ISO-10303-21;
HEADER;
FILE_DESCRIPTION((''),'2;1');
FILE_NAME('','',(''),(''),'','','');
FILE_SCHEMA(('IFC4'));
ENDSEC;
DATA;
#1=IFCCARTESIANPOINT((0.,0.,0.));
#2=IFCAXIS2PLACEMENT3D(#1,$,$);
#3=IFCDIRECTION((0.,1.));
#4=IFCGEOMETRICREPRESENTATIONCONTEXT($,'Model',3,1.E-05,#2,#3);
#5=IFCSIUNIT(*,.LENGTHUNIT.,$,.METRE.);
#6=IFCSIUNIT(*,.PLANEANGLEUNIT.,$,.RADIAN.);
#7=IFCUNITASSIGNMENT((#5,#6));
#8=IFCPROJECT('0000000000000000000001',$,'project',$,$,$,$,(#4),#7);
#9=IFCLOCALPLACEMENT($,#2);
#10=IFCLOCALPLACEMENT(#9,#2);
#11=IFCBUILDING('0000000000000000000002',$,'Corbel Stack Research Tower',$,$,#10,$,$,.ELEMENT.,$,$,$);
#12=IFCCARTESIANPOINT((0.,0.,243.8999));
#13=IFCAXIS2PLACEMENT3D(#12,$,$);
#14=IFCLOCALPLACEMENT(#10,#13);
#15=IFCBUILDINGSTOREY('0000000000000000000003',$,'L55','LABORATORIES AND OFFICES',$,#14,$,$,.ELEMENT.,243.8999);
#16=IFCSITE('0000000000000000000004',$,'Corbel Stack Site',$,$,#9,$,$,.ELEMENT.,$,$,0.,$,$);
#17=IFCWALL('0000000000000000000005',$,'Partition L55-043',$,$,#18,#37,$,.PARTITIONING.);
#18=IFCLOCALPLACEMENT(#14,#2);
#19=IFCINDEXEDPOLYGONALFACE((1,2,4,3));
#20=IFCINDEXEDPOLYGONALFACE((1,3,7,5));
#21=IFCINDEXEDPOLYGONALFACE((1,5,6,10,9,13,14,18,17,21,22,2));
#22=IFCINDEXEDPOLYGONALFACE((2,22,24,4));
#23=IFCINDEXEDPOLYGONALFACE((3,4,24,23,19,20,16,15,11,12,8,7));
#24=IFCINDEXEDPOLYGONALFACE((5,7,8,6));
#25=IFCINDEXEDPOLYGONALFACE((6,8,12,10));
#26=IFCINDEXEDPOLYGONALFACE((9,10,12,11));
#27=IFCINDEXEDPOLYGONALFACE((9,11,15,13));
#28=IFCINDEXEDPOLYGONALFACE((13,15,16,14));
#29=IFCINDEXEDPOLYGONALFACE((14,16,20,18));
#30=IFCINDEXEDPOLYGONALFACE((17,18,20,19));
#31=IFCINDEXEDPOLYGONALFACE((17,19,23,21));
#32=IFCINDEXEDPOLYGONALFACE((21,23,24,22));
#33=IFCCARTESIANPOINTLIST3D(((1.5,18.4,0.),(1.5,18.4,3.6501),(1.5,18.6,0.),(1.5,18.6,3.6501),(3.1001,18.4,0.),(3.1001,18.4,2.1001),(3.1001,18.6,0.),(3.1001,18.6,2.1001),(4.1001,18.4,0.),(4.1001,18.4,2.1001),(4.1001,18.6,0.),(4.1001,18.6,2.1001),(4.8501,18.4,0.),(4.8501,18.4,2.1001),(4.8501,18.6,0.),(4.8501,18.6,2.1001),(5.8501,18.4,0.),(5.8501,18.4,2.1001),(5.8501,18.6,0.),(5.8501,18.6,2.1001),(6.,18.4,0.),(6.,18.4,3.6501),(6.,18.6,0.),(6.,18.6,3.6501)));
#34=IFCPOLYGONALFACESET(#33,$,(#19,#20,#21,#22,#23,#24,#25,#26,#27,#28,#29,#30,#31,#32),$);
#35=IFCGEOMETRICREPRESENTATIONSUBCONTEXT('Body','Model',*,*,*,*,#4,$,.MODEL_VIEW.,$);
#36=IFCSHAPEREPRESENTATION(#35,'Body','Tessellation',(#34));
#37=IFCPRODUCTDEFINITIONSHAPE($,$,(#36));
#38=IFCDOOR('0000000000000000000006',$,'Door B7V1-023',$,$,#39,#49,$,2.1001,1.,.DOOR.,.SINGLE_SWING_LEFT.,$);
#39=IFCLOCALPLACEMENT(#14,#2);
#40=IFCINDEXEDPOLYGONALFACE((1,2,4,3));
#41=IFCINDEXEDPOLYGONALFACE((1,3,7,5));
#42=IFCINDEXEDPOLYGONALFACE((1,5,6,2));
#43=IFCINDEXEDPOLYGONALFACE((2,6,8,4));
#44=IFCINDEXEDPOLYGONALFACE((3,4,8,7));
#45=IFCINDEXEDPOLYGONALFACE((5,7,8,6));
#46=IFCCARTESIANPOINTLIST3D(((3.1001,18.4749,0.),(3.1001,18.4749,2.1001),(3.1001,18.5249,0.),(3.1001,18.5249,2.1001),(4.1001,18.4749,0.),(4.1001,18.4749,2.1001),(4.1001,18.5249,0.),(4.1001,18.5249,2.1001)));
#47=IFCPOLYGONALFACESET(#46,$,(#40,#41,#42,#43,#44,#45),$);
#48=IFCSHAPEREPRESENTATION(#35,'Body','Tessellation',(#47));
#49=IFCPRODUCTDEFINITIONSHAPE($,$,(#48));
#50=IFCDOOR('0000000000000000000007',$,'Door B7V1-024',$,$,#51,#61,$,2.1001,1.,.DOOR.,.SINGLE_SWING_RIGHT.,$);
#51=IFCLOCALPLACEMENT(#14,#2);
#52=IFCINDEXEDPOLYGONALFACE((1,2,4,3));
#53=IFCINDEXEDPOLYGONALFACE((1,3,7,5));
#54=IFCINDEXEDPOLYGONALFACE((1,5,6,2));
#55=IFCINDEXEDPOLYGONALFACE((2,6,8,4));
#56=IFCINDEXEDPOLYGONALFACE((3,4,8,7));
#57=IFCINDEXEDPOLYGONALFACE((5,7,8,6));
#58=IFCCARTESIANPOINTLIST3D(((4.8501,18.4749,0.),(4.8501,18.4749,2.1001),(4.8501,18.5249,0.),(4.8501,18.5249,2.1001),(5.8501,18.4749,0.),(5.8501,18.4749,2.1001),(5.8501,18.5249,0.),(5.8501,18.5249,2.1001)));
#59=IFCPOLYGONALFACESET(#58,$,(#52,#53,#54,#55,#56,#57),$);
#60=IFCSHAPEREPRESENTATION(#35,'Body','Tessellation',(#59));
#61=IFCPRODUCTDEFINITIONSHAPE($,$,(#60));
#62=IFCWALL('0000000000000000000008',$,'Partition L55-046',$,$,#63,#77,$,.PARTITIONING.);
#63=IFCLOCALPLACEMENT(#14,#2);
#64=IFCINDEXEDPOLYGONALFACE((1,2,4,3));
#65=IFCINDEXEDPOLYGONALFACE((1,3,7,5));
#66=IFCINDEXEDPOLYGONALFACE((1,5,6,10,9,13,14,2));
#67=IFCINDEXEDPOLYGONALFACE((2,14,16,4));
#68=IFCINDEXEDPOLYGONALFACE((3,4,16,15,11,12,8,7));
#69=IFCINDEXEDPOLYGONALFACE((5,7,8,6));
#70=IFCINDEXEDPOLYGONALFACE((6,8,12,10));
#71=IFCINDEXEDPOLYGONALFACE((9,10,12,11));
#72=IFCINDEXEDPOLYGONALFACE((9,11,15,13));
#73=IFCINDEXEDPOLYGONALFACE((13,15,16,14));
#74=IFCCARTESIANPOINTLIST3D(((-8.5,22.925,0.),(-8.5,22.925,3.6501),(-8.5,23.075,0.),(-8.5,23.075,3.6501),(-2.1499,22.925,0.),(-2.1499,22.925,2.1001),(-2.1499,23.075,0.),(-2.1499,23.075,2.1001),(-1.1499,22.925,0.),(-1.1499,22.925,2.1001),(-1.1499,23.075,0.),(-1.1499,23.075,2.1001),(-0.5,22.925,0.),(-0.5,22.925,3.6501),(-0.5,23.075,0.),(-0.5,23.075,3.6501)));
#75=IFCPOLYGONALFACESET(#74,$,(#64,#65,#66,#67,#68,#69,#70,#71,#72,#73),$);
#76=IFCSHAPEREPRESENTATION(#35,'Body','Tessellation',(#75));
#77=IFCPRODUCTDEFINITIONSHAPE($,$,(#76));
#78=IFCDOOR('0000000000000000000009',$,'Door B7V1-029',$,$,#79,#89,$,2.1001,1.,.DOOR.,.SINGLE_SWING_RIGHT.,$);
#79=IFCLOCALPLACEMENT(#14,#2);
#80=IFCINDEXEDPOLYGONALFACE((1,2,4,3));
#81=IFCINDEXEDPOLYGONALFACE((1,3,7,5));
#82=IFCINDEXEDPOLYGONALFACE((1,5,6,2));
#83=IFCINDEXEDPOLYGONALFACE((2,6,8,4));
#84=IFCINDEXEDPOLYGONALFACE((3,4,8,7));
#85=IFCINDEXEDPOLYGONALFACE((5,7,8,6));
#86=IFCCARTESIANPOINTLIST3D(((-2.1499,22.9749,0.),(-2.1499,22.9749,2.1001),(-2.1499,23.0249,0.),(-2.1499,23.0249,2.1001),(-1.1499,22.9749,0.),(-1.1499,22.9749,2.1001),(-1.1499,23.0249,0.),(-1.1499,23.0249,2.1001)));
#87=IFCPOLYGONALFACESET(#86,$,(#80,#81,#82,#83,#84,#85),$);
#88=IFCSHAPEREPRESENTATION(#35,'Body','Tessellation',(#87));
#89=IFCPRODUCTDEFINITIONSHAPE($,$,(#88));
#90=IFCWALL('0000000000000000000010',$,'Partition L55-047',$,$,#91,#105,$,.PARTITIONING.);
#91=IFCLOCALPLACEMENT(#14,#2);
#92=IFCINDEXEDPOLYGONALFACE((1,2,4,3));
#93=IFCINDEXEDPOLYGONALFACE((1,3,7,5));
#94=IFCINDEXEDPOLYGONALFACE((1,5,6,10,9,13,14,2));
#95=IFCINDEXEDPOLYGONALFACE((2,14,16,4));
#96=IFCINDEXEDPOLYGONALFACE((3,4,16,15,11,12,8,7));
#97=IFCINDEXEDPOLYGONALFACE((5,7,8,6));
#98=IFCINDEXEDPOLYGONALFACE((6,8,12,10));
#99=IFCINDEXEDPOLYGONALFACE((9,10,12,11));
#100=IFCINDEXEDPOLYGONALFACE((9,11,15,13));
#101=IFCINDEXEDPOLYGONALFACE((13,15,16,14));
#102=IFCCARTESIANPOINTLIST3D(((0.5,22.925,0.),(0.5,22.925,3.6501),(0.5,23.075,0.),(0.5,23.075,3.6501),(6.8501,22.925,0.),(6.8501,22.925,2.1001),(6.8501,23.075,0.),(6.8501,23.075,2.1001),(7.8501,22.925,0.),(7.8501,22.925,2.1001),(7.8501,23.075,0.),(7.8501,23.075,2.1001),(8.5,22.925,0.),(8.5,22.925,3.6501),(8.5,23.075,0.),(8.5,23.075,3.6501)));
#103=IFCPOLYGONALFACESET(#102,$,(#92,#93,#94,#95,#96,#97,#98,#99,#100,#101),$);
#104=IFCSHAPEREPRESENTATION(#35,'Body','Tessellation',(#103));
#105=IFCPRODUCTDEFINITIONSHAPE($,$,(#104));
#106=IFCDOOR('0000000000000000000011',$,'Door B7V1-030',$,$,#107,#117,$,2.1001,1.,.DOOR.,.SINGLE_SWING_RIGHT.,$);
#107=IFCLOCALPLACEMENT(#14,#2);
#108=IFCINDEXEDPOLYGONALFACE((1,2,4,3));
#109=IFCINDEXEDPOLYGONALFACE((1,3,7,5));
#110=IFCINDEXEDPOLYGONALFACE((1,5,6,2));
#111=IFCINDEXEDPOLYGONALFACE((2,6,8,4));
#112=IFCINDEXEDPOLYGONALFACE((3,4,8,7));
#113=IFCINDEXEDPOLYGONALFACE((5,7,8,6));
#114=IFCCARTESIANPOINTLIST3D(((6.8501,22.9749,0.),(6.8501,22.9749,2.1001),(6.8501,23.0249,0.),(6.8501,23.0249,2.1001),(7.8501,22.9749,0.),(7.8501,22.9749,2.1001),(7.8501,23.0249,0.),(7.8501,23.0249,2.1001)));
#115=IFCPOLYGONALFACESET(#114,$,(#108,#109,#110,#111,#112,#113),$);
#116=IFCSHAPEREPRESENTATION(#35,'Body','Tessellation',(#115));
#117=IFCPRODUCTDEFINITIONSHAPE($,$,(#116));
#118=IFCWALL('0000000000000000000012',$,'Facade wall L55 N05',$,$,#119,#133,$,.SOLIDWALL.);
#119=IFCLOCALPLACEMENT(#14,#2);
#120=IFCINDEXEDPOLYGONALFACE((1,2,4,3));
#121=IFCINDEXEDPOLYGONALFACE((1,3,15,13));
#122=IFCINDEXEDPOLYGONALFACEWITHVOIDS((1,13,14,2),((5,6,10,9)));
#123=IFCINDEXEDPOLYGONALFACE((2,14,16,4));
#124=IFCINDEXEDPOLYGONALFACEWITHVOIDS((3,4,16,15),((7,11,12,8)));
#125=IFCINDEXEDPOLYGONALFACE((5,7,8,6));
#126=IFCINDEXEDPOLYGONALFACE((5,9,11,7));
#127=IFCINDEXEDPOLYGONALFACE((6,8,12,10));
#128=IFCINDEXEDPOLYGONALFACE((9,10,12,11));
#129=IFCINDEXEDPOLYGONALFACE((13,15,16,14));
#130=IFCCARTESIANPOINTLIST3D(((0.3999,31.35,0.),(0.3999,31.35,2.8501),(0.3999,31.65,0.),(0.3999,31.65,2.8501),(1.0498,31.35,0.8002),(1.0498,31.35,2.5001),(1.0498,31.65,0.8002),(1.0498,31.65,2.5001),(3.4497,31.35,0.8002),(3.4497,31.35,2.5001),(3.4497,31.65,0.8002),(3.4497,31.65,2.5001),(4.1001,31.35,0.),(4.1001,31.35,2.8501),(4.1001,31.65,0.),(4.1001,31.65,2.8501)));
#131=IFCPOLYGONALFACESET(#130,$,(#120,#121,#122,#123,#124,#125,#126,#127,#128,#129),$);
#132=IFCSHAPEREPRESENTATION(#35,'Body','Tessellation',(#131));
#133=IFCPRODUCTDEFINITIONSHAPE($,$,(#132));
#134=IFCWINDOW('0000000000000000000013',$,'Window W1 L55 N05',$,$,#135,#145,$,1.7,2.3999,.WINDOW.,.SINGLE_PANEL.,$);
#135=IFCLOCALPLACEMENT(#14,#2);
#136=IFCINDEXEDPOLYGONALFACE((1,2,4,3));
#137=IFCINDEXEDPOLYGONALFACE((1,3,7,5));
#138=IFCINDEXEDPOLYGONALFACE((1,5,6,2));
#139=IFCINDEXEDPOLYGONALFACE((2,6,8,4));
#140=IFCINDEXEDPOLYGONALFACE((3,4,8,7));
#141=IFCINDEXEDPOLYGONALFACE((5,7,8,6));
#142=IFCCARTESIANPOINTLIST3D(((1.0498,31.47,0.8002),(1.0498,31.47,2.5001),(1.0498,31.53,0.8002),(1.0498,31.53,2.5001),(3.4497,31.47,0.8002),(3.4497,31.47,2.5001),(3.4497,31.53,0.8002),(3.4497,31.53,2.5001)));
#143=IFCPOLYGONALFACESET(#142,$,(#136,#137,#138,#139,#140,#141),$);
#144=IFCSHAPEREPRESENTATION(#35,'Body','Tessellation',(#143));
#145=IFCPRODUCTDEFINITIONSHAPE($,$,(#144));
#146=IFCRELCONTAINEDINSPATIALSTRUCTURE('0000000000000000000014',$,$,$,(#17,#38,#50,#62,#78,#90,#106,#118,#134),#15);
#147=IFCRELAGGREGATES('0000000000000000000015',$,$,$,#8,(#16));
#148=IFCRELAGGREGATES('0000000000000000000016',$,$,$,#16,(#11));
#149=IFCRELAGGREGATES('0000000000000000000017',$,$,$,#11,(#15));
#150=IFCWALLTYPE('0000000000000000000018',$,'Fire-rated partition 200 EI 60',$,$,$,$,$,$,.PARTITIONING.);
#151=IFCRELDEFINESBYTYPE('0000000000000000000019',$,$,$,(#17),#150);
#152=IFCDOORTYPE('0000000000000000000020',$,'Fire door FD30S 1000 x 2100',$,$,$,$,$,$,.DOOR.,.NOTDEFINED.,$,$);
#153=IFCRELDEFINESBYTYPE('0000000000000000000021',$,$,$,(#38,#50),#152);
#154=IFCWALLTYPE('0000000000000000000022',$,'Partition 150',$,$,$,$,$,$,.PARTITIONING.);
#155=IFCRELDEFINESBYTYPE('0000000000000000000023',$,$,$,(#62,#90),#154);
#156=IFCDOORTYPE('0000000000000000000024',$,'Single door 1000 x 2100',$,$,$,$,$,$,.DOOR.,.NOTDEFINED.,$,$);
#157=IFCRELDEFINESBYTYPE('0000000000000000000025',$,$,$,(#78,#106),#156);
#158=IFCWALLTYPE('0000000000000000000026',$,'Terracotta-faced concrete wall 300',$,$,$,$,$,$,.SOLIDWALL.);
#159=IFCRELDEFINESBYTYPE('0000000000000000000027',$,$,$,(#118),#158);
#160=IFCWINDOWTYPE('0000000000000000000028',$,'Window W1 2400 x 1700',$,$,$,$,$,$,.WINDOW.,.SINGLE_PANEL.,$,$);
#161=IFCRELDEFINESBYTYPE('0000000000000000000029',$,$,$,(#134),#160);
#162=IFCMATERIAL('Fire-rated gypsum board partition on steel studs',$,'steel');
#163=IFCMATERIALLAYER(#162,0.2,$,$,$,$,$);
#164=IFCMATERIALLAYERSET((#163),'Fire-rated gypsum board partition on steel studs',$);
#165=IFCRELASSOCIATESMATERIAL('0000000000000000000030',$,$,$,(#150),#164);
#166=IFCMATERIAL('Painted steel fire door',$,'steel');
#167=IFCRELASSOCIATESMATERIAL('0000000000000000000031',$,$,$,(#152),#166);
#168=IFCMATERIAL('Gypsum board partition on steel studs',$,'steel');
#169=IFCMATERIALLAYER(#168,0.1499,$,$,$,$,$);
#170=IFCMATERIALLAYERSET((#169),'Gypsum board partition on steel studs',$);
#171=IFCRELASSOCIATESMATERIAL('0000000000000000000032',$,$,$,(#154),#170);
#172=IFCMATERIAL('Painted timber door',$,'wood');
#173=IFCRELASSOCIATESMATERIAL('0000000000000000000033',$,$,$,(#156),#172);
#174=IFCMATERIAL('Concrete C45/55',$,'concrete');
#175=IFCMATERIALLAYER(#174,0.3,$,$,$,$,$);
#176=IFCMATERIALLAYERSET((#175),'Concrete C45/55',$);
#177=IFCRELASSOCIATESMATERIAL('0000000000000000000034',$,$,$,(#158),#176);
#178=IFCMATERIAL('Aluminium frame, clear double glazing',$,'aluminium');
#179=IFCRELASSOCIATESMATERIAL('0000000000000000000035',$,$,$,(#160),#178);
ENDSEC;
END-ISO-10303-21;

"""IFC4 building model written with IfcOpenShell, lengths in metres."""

from ifc_helpers import new_model, si_unit, direction, frame, frame_2d, origin, place, context, subcontext, project, spatial, rectangle, extrude, material, layer, layer_set, type_object, element, fill, save


model = new_model("IFC4")

# Units and contexts
model_context = context("Model", 3, precision=1e-05, world=origin(), true_north=direction((0.0, 1.0)))
body_context = subcontext(model_context, "Body", "Model", "MODEL_VIEW")
ifc_project = project(units=[si_unit("LENGTHUNIT", "METRE"), si_unit("PLANEANGLEUNIT", "RADIAN")], contexts=[model_context])

# Site, building, storey
site_placement = place(None, origin())
site = spatial("IfcSite", under=ifc_project, at=site_placement, Name="Corbel Stack Site", CompositionType="ELEMENT", RefElevation=0.0)
building_placement = place(site_placement, origin())
building = spatial("IfcBuilding", under=site, at=building_placement, Name="Corbel Stack Research Tower", CompositionType="ELEMENT")
storey_placement = place(building_placement, frame((0.0, 0.0, 243.8999)))
storey = spatial("IfcBuildingStorey", under=building, at=storey_placement, Name="L55", Description="LABORATORIES AND OFFICES", CompositionType="ELEMENT", Elevation=243.8999)

# Shared definitions
ifc_material_1 = material(Name="Fire-rated gypsum board partition on steel studs", Category="steel")
ifc_layer_1 = layer(ifc_material_1, 0.2)
ifc_layer_set_1 = layer_set([ifc_layer_1], Name="Fire-rated gypsum board partition on steel studs")
wall_type_1 = type_object("IfcWallType", Name="Fire-rated partition 200 EI 60", PredefinedType="PARTITIONING", material=ifc_layer_set_1)

# Wall, openings, doors
wall_1_placement = place(storey_placement, frame((1.5, 18.5, 0.0), z_axis=(0.0, 0.0, 1.0), x_axis=(1.0, 0.0, 0.0)))
wall_1 = element("IfcWall", 1, at=wall_1_placement, inside=storey, type_object=wall_type_1, Name="Partition L55-043", PredefinedType="PARTITIONING", context=body_context, shape_type="SweptSolid", body=[
    extrude(rectangle(XDim=4.5, YDim=0.2, at=frame_2d((2.25, 0.0))), origin(), (0.0, 0.0, 1.0), 3.6501),
])
opening_1_placement = place(wall_1_placement, frame((1.6001, 0.0, 0.0)))
opening_1 = element("IfcOpeningElement", 2, at=opening_1_placement, cuts=wall_1, PredefinedType="OPENING", context=body_context, shape_type="SweptSolid", body=[
    extrude(rectangle(XDim=1.0, YDim=2.1001, at=frame_2d((0.5, 1.05))), frame((0.0, 0.1099, 0.0), z_axis=(0.0, -1.0, 0.0), x_axis=(1.0, 0.0, 0.0)), (0.0, 0.0, 1.0), 0.22),
])
opening_2_placement = place(wall_1_placement, frame((3.3501, 0.0, 0.0)))
opening_2 = element("IfcOpeningElement", 3, at=opening_2_placement, cuts=wall_1, PredefinedType="OPENING", context=body_context, shape_type="SweptSolid", body=[
    extrude(rectangle(XDim=1.0, YDim=2.1001, at=frame_2d((0.5, 1.05))), frame((0.0, 0.1099, 0.0), z_axis=(0.0, -1.0, 0.0), x_axis=(1.0, 0.0, 0.0)), (0.0, 0.0, 1.0), 0.22),
])
ifc_material_2 = material(Name="Painted steel fire door", Category="steel")
door_type_1 = type_object("IfcDoorType", Name="Fire door FD30S 1000 x 2100", OperationType="NOTDEFINED", PredefinedType="DOOR", material=ifc_material_2)
door_1_placement = place(opening_1_placement, origin())
door_1 = element("IfcDoor", 4, at=door_1_placement, inside=storey, type_object=door_type_1, Name="Door B7V1-023", OperationType="SINGLE_SWING_LEFT", OverallHeight=2.1001, OverallWidth=1.0, PredefinedType="DOOR", context=body_context, shape_type="SweptSolid", body=[
    extrude(rectangle(XDim=1.0, YDim=2.1001, at=frame_2d((0.5, 1.05))), frame((0.0, 0.0249, 0.0), z_axis=(0.0, -1.0, 0.0), x_axis=(1.0, 0.0, 0.0)), (0.0, 0.0, 1.0), 0.05),
])
fill(opening_1, door_1)
door_2_placement = place(opening_2_placement, origin())
door_2 = element("IfcDoor", 5, at=door_2_placement, inside=storey, type_object=door_type_1, Name="Door B7V1-024", OperationType="SINGLE_SWING_RIGHT", OverallHeight=2.1001, OverallWidth=1.0, PredefinedType="DOOR", context=body_context, shape_type="SweptSolid", body=[
    extrude(rectangle(XDim=1.0, YDim=2.1001, at=frame_2d((0.5, 1.05))), frame((0.0, 0.0249, 0.0), z_axis=(0.0, -1.0, 0.0), x_axis=(1.0, 0.0, 0.0)), (0.0, 0.0, 1.0), 0.05),
])
fill(opening_2, door_2)

# Walls, openings, doors
ifc_material_3 = material(Name="Gypsum board partition on steel studs", Category="steel")
ifc_layer_2 = layer(ifc_material_3, 0.1499)
ifc_layer_set_2 = layer_set([ifc_layer_2], Name="Gypsum board partition on steel studs")
wall_type_2 = type_object("IfcWallType", Name="Partition 150", PredefinedType="PARTITIONING", material=ifc_layer_set_2)
wall_2_placement = place(storey_placement, frame((-8.5, 23.0, 0.0), z_axis=(0.0, 0.0, 1.0), x_axis=(1.0, 0.0, 0.0)))
wall_2 = element("IfcWall", 6, at=wall_2_placement, inside=storey, type_object=wall_type_2, Name="Partition L55-046", PredefinedType="PARTITIONING", context=body_context, shape_type="SweptSolid", body=[
    extrude(rectangle(XDim=8.0, YDim=0.1499, at=frame_2d((4.0, 0.0))), origin(), (0.0, 0.0, 1.0), 3.6501),
])
opening_3_placement = place(wall_2_placement, frame((6.3501, 0.0, 0.0)))
opening_3 = element("IfcOpeningElement", 7, at=opening_3_placement, cuts=wall_2, PredefinedType="OPENING", context=body_context, shape_type="SweptSolid", body=[
    extrude(rectangle(XDim=1.0, YDim=2.1001, at=frame_2d((0.5, 1.05))), frame((0.0, 0.085, 0.0), z_axis=(0.0, -1.0, 0.0), x_axis=(1.0, 0.0, 0.0)), (0.0, 0.0, 1.0), 0.1699),
])
ifc_material_4 = material(Name="Painted timber door", Category="wood")
door_type_2 = type_object("IfcDoorType", Name="Single door 1000 x 2100", OperationType="NOTDEFINED", PredefinedType="DOOR", material=ifc_material_4)
door_3_placement = place(opening_3_placement, origin())
door_3 = element("IfcDoor", 8, at=door_3_placement, inside=storey, type_object=door_type_2, Name="Door B7V1-029", OperationType="SINGLE_SWING_RIGHT", OverallHeight=2.1001, OverallWidth=1.0, PredefinedType="DOOR", context=body_context, shape_type="SweptSolid", body=[
    extrude(rectangle(XDim=1.0, YDim=2.1001, at=frame_2d((0.5, 1.05))), frame((0.0, 0.0249, 0.0), z_axis=(0.0, -1.0, 0.0), x_axis=(1.0, 0.0, 0.0)), (0.0, 0.0, 1.0), 0.05),
])
fill(opening_3, door_3)
wall_3_placement = place(storey_placement, frame((0.5, 23.0, 0.0), z_axis=(0.0, 0.0, 1.0), x_axis=(1.0, 0.0, 0.0)))
wall_3 = element("IfcWall", 9, at=wall_3_placement, inside=storey, type_object=wall_type_2, Name="Partition L55-047", PredefinedType="PARTITIONING", context=body_context, shape_type="SweptSolid", body=[
    extrude(rectangle(XDim=8.0, YDim=0.1499, at=frame_2d((4.0, 0.0))), origin(), (0.0, 0.0, 1.0), 3.6501),
])
opening_4_placement = place(wall_3_placement, frame((6.3501, 0.0, 0.0)))
opening_4 = element("IfcOpeningElement", 10, at=opening_4_placement, cuts=wall_3, PredefinedType="OPENING", context=body_context, shape_type="SweptSolid", body=[
    extrude(rectangle(XDim=1.0, YDim=2.1001, at=frame_2d((0.5, 1.05))), frame((0.0, 0.085, 0.0), z_axis=(0.0, -1.0, 0.0), x_axis=(1.0, 0.0, 0.0)), (0.0, 0.0, 1.0), 0.1699),
])
door_4_placement = place(opening_4_placement, origin())
door_4 = element("IfcDoor", 11, at=door_4_placement, inside=storey, type_object=door_type_2, Name="Door B7V1-030", OperationType="SINGLE_SWING_RIGHT", OverallHeight=2.1001, OverallWidth=1.0, PredefinedType="DOOR", context=body_context, shape_type="SweptSolid", body=[
    extrude(rectangle(XDim=1.0, YDim=2.1001, at=frame_2d((0.5, 1.05))), frame((0.0, 0.0249, 0.0), z_axis=(0.0, -1.0, 0.0), x_axis=(1.0, 0.0, 0.0)), (0.0, 0.0, 1.0), 0.05),
])
fill(opening_4, door_4)

# Wall, opening, window
ifc_material_5 = material(Name="Concrete C45/55", Category="concrete")
ifc_layer_3 = layer(ifc_material_5, 0.3)
ifc_layer_set_3 = layer_set([ifc_layer_3], Name="Concrete C45/55")
wall_type_3 = type_object("IfcWallType", Name="Terracotta-faced concrete wall 300", PredefinedType="SOLIDWALL", material=ifc_layer_set_3)
wall_4_placement = place(storey_placement, frame((0.3999, 31.5, 0.0), z_axis=(0.0, 0.0, 1.0), x_axis=(1.0, 0.0, 0.0)))
wall_4 = element("IfcWall", 12, at=wall_4_placement, inside=storey, type_object=wall_type_3, Name="Facade wall L55 N05", PredefinedType="SOLIDWALL", context=body_context, shape_type="SweptSolid", body=[
    extrude(rectangle(XDim=3.7002, YDim=0.3, at=frame_2d((1.8501, 0.0))), origin(), (0.0, 0.0, 1.0), 2.8501),
])
opening_5_placement = place(wall_4_placement, frame((0.6499, 0.0, 0.8)))
opening_5 = element("IfcOpeningElement", 13, at=opening_5_placement, cuts=wall_4, PredefinedType="OPENING", context=body_context, shape_type="SweptSolid", body=[
    extrude(rectangle(XDim=2.3999, YDim=1.7, at=frame_2d((1.2, 0.8501))), frame((0.0, 0.1599, 0.0), z_axis=(0.0, -1.0, 0.0), x_axis=(1.0, 0.0, 0.0)), (0.0, 0.0, 1.0), 0.3201),
])
ifc_material_6 = material(Name="Aluminium frame, clear double glazing", Category="aluminium")
window_type = type_object("IfcWindowType", Name="Window W1 2400 x 1700", PartitioningType="SINGLE_PANEL", PredefinedType="WINDOW", material=ifc_material_6)
window_1_placement = place(opening_5_placement, origin())
window_1 = element("IfcWindow", 14, at=window_1_placement, inside=storey, type_object=window_type, Name="Window W1 L55 N05", OverallHeight=1.7, OverallWidth=2.3999, PartitioningType="SINGLE_PANEL", PredefinedType="WINDOW", context=body_context, shape_type="SweptSolid", body=[
    extrude(rectangle(XDim=2.3999, YDim=1.7, at=frame_2d((1.2, 0.8501))), frame((0.0, 0.03, 0.0), z_axis=(0.0, -1.0, 0.0), x_axis=(1.0, 0.0, 0.0)), (0.0, 0.0, 1.0), 0.0601),
])
fill(opening_5, window_1)

save(model, "model.ifc")
